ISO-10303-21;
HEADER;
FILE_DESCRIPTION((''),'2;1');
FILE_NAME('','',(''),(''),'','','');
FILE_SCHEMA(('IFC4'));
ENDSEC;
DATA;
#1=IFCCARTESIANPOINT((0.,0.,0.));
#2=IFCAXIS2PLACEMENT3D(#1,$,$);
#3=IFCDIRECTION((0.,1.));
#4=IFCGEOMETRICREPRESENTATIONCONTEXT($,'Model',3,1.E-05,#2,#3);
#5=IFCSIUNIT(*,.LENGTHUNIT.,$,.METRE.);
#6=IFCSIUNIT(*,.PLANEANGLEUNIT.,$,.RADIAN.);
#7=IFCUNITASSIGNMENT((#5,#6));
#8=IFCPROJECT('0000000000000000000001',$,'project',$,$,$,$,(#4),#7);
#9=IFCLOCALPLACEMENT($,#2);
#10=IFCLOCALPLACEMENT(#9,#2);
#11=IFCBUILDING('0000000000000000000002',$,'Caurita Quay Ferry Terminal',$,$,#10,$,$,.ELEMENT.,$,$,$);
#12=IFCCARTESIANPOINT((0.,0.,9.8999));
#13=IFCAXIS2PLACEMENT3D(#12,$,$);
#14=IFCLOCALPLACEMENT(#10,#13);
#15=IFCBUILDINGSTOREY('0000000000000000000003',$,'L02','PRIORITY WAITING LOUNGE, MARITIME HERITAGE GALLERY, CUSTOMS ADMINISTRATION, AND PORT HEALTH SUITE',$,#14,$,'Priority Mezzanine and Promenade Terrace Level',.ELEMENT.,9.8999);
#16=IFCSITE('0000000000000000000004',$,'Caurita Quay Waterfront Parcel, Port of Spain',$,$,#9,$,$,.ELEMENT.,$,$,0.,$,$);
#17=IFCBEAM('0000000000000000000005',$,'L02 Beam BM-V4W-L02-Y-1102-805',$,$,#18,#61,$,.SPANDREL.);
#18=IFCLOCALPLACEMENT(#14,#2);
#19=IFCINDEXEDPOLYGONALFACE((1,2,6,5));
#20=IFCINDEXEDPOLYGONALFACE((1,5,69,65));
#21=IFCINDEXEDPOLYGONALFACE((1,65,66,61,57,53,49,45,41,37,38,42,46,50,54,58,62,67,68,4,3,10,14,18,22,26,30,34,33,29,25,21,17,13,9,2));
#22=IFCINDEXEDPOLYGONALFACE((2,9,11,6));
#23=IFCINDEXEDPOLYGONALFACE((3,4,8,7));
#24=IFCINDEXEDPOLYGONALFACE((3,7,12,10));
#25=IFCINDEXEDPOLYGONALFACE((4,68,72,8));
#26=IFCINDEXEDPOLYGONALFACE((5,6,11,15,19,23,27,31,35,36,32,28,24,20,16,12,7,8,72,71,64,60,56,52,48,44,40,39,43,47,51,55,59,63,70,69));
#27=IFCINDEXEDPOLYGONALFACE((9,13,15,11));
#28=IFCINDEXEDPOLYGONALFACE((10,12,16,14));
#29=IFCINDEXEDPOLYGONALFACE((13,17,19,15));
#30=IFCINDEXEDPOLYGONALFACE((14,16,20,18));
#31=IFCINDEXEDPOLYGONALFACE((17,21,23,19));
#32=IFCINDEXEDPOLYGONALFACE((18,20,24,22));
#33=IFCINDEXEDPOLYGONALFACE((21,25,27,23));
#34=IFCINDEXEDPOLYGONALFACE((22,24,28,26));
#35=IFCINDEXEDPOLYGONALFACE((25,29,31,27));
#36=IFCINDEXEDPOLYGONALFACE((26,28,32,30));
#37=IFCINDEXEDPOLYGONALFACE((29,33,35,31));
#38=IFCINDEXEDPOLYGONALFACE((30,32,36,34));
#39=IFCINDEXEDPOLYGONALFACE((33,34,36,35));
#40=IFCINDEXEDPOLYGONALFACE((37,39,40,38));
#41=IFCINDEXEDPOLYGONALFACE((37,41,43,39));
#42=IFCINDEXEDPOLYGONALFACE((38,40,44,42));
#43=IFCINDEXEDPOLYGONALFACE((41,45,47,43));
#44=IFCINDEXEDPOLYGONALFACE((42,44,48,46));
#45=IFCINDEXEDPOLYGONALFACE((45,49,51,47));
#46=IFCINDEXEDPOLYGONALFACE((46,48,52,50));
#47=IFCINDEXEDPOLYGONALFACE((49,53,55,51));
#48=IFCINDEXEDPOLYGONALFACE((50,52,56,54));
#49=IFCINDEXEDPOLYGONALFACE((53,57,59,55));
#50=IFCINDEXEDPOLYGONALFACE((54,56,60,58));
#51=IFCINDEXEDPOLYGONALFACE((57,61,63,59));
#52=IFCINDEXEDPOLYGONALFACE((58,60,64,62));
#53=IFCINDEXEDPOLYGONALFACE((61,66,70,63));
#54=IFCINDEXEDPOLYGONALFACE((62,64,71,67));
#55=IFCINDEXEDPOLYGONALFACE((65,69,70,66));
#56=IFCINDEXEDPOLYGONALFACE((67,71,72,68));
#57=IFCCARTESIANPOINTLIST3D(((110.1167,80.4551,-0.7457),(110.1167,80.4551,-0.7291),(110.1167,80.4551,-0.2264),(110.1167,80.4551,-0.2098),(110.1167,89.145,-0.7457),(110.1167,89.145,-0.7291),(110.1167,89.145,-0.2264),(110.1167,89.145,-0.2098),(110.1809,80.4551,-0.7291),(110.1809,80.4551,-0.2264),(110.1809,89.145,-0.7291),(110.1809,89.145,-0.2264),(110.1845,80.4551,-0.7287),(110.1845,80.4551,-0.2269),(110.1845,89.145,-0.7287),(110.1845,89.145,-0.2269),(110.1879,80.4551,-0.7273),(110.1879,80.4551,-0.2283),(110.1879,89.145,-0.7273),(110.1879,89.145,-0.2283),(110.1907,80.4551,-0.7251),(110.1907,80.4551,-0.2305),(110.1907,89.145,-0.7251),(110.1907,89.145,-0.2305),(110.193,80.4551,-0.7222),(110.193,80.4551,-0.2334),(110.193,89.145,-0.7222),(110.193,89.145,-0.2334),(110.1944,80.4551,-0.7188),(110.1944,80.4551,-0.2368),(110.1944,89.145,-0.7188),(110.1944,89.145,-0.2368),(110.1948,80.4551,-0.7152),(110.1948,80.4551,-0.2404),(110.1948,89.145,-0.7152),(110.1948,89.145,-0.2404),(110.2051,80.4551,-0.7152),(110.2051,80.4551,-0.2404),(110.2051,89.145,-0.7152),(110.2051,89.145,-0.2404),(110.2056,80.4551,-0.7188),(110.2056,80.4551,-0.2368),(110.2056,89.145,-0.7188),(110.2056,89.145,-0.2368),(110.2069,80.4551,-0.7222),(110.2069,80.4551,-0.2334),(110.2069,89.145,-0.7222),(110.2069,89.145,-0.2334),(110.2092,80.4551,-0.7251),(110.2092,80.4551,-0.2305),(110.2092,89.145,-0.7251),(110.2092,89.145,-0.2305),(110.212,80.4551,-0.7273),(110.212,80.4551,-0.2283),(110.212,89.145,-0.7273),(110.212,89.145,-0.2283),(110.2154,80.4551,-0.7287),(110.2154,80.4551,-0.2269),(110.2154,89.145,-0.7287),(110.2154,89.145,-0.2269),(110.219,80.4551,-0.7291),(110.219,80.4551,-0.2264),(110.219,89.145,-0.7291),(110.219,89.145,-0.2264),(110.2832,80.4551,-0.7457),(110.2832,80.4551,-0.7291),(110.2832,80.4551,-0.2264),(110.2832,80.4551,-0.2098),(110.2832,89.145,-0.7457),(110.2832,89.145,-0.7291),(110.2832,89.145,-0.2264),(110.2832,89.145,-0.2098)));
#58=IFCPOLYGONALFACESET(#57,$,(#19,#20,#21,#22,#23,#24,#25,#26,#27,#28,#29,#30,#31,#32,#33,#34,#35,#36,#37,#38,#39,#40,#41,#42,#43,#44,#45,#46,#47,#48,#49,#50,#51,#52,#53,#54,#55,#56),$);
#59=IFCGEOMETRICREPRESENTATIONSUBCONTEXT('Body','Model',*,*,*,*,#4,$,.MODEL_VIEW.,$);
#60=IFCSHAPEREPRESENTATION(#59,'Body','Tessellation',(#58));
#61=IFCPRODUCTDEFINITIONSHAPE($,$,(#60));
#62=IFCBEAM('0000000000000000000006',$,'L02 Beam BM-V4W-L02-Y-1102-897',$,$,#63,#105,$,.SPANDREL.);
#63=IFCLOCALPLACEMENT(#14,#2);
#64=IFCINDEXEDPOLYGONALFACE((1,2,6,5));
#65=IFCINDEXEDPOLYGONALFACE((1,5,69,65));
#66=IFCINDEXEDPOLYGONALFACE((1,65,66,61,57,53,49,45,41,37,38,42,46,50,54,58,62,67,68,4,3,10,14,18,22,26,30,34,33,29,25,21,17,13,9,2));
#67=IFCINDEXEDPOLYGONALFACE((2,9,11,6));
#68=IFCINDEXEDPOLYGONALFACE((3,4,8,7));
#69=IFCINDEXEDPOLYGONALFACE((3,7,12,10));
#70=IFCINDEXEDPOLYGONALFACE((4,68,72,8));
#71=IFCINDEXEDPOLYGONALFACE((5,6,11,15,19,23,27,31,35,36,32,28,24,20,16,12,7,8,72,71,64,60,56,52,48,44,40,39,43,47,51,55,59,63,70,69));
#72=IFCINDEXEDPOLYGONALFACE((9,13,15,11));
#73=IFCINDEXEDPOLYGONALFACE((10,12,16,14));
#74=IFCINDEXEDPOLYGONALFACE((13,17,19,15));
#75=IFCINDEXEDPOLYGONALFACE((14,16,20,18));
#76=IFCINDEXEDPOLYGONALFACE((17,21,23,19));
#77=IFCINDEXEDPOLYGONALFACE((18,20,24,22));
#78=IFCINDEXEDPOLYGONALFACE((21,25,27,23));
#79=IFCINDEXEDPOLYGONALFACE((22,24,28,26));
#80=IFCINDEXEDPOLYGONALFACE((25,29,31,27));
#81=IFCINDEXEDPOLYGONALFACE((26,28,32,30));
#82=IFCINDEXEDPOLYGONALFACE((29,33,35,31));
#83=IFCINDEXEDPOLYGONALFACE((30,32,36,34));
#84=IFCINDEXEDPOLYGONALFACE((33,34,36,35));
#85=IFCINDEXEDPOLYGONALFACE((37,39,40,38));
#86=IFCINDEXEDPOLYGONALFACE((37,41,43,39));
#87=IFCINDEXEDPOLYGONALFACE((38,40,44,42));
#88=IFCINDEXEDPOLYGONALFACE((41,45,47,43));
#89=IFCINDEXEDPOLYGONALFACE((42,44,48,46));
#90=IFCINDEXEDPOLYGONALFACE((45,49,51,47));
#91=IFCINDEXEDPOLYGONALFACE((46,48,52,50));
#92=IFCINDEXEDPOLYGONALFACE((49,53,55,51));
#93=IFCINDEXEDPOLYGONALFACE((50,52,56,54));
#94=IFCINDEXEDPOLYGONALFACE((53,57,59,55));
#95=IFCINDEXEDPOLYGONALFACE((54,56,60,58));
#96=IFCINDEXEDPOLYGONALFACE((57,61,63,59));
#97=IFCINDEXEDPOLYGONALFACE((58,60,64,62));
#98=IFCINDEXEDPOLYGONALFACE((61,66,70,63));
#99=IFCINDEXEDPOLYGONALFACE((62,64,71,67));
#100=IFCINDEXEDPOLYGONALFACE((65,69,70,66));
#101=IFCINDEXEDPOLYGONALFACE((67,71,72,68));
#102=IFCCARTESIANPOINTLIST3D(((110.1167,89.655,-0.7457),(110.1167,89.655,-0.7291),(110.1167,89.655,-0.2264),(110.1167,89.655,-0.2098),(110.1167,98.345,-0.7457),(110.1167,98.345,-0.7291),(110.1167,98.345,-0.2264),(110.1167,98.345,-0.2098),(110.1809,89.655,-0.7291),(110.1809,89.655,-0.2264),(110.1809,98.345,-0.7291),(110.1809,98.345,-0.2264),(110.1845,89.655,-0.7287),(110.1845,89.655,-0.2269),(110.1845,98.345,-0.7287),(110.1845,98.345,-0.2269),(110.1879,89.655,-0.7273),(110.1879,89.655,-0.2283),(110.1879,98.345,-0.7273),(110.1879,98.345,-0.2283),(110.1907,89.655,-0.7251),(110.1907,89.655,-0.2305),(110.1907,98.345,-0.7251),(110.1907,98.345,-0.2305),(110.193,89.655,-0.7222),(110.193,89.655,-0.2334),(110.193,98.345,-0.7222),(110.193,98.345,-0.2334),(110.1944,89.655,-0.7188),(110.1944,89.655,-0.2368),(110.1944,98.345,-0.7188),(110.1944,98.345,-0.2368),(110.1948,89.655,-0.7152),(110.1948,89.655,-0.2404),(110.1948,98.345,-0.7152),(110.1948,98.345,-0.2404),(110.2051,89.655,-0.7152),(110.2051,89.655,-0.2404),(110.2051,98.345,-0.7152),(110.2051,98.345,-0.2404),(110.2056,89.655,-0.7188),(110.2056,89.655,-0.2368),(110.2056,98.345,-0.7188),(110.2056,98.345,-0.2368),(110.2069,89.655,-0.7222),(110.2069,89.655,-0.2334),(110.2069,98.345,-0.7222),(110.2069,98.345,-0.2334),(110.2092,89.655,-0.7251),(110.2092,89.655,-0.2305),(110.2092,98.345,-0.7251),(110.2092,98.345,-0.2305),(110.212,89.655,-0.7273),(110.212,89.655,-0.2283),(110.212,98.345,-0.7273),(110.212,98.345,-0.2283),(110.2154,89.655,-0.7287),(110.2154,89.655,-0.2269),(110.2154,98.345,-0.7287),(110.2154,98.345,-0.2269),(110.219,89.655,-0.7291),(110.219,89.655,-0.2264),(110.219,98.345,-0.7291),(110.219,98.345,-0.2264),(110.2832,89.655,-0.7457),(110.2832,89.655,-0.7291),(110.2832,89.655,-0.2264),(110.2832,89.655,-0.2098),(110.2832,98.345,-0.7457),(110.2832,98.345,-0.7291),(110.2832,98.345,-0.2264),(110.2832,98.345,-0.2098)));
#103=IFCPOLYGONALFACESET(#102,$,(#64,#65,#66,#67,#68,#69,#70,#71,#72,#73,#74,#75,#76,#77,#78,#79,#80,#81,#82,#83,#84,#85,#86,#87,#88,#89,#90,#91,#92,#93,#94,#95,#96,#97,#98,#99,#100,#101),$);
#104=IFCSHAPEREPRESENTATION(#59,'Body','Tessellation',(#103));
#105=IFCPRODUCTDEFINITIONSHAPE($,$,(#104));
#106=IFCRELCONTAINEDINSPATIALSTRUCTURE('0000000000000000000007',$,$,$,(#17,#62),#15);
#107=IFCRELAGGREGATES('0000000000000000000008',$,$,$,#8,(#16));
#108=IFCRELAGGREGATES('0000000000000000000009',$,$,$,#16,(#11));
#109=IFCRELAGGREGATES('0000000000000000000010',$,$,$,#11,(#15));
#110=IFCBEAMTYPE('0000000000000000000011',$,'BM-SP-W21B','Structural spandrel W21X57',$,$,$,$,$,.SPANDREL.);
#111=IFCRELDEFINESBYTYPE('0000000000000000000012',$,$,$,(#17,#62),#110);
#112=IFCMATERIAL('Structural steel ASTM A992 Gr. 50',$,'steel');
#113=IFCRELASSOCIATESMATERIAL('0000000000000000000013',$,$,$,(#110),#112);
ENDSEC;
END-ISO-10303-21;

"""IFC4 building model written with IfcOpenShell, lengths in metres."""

from ifc_helpers import new_model, si_unit, direction, frame, origin, origin_2d, place, context, subcontext, project, spatial, i_section, extrude, material, material_profile, profile_set, type_object, element, save


model = new_model("IFC4")

# Units and contexts
model_context = context("Model", 3, precision=1e-05, world=origin(), true_north=direction((0.0, 1.0)))
body_context = subcontext(model_context, "Body", "Model", "MODEL_VIEW")
ifc_project = project(units=[si_unit("LENGTHUNIT", "METRE"), si_unit("PLANEANGLEUNIT", "RADIAN")], contexts=[model_context])

# Site, building, storey
site_placement = place(None, origin())
site = spatial("IfcSite", under=ifc_project, at=site_placement, Name="Caurita Quay Waterfront Parcel, Port of Spain", CompositionType="ELEMENT", RefElevation=0.0)
building_placement = place(site_placement, origin())
building = spatial("IfcBuilding", under=site, at=building_placement, Name="Caurita Quay Ferry Terminal", CompositionType="ELEMENT")
storey_placement = place(building_placement, frame((0.0, 0.0, 9.8999)))
storey = spatial("IfcBuildingStorey", under=building, at=storey_placement, Name="L02", Description="PRIORITY WAITING LOUNGE, MARITIME HERITAGE GALLERY, CUSTOMS ADMINISTRATION, AND PORT HEALTH SUITE", LongName="Priority Mezzanine and Promenade Terrace Level", CompositionType="ELEMENT", Elevation=9.8999)

# Beams
ifc_material = material(Name="Structural steel ASTM A992 Gr. 50", Category="steel")
ifc_material_profile_1 = material_profile(ifc_material, i_section(OverallWidth=0.1665, OverallDepth=0.5359, WebThickness=0.0103, FlangeThickness=0.0166, FilletRadius=0.0139, at=origin_2d()), Name="W21X57")
ifc_profile_set_1 = profile_set([ifc_material_profile_1], Name="Structural steel ASTM A992 Gr. 50")
beam_type_1 = type_object("IfcBeamType", Name="BM-SP-W21B", Description="Structural spandrel W21X57", PredefinedType="SPANDREL", material=ifc_profile_set_1)
for number, where, z_axis, x_axis, name in (
    (1, (110.2, 80.4551, -0.4778), (0.0, 1.0, 0.0), (-1.0, 0.0, 0.0), "L02 Beam BM-V4W-L02-Y-1102-805"),
    (2, (110.2, 89.655, -0.4778), (0.0, 1.0, 0.0), (-1.0, 0.0, 0.0), "L02 Beam BM-V4W-L02-Y-1102-897"),
):
    element("IfcBeam", number, at=place(storey_placement, frame(where, z_axis=z_axis, x_axis=x_axis)), inside=storey, type_object=beam_type_1, Name=name, PredefinedType="SPANDREL", context=body_context, shape_type="SweptSolid", body=[
        extrude(i_section(OverallWidth=0.1665, OverallDepth=0.5359, WebThickness=0.0103, FlangeThickness=0.0166, FilletRadius=0.0139, at=origin_2d()), origin(), (0.0, 0.0, 1.0), 8.6899),
    ])

save(model, "model.ifc")
